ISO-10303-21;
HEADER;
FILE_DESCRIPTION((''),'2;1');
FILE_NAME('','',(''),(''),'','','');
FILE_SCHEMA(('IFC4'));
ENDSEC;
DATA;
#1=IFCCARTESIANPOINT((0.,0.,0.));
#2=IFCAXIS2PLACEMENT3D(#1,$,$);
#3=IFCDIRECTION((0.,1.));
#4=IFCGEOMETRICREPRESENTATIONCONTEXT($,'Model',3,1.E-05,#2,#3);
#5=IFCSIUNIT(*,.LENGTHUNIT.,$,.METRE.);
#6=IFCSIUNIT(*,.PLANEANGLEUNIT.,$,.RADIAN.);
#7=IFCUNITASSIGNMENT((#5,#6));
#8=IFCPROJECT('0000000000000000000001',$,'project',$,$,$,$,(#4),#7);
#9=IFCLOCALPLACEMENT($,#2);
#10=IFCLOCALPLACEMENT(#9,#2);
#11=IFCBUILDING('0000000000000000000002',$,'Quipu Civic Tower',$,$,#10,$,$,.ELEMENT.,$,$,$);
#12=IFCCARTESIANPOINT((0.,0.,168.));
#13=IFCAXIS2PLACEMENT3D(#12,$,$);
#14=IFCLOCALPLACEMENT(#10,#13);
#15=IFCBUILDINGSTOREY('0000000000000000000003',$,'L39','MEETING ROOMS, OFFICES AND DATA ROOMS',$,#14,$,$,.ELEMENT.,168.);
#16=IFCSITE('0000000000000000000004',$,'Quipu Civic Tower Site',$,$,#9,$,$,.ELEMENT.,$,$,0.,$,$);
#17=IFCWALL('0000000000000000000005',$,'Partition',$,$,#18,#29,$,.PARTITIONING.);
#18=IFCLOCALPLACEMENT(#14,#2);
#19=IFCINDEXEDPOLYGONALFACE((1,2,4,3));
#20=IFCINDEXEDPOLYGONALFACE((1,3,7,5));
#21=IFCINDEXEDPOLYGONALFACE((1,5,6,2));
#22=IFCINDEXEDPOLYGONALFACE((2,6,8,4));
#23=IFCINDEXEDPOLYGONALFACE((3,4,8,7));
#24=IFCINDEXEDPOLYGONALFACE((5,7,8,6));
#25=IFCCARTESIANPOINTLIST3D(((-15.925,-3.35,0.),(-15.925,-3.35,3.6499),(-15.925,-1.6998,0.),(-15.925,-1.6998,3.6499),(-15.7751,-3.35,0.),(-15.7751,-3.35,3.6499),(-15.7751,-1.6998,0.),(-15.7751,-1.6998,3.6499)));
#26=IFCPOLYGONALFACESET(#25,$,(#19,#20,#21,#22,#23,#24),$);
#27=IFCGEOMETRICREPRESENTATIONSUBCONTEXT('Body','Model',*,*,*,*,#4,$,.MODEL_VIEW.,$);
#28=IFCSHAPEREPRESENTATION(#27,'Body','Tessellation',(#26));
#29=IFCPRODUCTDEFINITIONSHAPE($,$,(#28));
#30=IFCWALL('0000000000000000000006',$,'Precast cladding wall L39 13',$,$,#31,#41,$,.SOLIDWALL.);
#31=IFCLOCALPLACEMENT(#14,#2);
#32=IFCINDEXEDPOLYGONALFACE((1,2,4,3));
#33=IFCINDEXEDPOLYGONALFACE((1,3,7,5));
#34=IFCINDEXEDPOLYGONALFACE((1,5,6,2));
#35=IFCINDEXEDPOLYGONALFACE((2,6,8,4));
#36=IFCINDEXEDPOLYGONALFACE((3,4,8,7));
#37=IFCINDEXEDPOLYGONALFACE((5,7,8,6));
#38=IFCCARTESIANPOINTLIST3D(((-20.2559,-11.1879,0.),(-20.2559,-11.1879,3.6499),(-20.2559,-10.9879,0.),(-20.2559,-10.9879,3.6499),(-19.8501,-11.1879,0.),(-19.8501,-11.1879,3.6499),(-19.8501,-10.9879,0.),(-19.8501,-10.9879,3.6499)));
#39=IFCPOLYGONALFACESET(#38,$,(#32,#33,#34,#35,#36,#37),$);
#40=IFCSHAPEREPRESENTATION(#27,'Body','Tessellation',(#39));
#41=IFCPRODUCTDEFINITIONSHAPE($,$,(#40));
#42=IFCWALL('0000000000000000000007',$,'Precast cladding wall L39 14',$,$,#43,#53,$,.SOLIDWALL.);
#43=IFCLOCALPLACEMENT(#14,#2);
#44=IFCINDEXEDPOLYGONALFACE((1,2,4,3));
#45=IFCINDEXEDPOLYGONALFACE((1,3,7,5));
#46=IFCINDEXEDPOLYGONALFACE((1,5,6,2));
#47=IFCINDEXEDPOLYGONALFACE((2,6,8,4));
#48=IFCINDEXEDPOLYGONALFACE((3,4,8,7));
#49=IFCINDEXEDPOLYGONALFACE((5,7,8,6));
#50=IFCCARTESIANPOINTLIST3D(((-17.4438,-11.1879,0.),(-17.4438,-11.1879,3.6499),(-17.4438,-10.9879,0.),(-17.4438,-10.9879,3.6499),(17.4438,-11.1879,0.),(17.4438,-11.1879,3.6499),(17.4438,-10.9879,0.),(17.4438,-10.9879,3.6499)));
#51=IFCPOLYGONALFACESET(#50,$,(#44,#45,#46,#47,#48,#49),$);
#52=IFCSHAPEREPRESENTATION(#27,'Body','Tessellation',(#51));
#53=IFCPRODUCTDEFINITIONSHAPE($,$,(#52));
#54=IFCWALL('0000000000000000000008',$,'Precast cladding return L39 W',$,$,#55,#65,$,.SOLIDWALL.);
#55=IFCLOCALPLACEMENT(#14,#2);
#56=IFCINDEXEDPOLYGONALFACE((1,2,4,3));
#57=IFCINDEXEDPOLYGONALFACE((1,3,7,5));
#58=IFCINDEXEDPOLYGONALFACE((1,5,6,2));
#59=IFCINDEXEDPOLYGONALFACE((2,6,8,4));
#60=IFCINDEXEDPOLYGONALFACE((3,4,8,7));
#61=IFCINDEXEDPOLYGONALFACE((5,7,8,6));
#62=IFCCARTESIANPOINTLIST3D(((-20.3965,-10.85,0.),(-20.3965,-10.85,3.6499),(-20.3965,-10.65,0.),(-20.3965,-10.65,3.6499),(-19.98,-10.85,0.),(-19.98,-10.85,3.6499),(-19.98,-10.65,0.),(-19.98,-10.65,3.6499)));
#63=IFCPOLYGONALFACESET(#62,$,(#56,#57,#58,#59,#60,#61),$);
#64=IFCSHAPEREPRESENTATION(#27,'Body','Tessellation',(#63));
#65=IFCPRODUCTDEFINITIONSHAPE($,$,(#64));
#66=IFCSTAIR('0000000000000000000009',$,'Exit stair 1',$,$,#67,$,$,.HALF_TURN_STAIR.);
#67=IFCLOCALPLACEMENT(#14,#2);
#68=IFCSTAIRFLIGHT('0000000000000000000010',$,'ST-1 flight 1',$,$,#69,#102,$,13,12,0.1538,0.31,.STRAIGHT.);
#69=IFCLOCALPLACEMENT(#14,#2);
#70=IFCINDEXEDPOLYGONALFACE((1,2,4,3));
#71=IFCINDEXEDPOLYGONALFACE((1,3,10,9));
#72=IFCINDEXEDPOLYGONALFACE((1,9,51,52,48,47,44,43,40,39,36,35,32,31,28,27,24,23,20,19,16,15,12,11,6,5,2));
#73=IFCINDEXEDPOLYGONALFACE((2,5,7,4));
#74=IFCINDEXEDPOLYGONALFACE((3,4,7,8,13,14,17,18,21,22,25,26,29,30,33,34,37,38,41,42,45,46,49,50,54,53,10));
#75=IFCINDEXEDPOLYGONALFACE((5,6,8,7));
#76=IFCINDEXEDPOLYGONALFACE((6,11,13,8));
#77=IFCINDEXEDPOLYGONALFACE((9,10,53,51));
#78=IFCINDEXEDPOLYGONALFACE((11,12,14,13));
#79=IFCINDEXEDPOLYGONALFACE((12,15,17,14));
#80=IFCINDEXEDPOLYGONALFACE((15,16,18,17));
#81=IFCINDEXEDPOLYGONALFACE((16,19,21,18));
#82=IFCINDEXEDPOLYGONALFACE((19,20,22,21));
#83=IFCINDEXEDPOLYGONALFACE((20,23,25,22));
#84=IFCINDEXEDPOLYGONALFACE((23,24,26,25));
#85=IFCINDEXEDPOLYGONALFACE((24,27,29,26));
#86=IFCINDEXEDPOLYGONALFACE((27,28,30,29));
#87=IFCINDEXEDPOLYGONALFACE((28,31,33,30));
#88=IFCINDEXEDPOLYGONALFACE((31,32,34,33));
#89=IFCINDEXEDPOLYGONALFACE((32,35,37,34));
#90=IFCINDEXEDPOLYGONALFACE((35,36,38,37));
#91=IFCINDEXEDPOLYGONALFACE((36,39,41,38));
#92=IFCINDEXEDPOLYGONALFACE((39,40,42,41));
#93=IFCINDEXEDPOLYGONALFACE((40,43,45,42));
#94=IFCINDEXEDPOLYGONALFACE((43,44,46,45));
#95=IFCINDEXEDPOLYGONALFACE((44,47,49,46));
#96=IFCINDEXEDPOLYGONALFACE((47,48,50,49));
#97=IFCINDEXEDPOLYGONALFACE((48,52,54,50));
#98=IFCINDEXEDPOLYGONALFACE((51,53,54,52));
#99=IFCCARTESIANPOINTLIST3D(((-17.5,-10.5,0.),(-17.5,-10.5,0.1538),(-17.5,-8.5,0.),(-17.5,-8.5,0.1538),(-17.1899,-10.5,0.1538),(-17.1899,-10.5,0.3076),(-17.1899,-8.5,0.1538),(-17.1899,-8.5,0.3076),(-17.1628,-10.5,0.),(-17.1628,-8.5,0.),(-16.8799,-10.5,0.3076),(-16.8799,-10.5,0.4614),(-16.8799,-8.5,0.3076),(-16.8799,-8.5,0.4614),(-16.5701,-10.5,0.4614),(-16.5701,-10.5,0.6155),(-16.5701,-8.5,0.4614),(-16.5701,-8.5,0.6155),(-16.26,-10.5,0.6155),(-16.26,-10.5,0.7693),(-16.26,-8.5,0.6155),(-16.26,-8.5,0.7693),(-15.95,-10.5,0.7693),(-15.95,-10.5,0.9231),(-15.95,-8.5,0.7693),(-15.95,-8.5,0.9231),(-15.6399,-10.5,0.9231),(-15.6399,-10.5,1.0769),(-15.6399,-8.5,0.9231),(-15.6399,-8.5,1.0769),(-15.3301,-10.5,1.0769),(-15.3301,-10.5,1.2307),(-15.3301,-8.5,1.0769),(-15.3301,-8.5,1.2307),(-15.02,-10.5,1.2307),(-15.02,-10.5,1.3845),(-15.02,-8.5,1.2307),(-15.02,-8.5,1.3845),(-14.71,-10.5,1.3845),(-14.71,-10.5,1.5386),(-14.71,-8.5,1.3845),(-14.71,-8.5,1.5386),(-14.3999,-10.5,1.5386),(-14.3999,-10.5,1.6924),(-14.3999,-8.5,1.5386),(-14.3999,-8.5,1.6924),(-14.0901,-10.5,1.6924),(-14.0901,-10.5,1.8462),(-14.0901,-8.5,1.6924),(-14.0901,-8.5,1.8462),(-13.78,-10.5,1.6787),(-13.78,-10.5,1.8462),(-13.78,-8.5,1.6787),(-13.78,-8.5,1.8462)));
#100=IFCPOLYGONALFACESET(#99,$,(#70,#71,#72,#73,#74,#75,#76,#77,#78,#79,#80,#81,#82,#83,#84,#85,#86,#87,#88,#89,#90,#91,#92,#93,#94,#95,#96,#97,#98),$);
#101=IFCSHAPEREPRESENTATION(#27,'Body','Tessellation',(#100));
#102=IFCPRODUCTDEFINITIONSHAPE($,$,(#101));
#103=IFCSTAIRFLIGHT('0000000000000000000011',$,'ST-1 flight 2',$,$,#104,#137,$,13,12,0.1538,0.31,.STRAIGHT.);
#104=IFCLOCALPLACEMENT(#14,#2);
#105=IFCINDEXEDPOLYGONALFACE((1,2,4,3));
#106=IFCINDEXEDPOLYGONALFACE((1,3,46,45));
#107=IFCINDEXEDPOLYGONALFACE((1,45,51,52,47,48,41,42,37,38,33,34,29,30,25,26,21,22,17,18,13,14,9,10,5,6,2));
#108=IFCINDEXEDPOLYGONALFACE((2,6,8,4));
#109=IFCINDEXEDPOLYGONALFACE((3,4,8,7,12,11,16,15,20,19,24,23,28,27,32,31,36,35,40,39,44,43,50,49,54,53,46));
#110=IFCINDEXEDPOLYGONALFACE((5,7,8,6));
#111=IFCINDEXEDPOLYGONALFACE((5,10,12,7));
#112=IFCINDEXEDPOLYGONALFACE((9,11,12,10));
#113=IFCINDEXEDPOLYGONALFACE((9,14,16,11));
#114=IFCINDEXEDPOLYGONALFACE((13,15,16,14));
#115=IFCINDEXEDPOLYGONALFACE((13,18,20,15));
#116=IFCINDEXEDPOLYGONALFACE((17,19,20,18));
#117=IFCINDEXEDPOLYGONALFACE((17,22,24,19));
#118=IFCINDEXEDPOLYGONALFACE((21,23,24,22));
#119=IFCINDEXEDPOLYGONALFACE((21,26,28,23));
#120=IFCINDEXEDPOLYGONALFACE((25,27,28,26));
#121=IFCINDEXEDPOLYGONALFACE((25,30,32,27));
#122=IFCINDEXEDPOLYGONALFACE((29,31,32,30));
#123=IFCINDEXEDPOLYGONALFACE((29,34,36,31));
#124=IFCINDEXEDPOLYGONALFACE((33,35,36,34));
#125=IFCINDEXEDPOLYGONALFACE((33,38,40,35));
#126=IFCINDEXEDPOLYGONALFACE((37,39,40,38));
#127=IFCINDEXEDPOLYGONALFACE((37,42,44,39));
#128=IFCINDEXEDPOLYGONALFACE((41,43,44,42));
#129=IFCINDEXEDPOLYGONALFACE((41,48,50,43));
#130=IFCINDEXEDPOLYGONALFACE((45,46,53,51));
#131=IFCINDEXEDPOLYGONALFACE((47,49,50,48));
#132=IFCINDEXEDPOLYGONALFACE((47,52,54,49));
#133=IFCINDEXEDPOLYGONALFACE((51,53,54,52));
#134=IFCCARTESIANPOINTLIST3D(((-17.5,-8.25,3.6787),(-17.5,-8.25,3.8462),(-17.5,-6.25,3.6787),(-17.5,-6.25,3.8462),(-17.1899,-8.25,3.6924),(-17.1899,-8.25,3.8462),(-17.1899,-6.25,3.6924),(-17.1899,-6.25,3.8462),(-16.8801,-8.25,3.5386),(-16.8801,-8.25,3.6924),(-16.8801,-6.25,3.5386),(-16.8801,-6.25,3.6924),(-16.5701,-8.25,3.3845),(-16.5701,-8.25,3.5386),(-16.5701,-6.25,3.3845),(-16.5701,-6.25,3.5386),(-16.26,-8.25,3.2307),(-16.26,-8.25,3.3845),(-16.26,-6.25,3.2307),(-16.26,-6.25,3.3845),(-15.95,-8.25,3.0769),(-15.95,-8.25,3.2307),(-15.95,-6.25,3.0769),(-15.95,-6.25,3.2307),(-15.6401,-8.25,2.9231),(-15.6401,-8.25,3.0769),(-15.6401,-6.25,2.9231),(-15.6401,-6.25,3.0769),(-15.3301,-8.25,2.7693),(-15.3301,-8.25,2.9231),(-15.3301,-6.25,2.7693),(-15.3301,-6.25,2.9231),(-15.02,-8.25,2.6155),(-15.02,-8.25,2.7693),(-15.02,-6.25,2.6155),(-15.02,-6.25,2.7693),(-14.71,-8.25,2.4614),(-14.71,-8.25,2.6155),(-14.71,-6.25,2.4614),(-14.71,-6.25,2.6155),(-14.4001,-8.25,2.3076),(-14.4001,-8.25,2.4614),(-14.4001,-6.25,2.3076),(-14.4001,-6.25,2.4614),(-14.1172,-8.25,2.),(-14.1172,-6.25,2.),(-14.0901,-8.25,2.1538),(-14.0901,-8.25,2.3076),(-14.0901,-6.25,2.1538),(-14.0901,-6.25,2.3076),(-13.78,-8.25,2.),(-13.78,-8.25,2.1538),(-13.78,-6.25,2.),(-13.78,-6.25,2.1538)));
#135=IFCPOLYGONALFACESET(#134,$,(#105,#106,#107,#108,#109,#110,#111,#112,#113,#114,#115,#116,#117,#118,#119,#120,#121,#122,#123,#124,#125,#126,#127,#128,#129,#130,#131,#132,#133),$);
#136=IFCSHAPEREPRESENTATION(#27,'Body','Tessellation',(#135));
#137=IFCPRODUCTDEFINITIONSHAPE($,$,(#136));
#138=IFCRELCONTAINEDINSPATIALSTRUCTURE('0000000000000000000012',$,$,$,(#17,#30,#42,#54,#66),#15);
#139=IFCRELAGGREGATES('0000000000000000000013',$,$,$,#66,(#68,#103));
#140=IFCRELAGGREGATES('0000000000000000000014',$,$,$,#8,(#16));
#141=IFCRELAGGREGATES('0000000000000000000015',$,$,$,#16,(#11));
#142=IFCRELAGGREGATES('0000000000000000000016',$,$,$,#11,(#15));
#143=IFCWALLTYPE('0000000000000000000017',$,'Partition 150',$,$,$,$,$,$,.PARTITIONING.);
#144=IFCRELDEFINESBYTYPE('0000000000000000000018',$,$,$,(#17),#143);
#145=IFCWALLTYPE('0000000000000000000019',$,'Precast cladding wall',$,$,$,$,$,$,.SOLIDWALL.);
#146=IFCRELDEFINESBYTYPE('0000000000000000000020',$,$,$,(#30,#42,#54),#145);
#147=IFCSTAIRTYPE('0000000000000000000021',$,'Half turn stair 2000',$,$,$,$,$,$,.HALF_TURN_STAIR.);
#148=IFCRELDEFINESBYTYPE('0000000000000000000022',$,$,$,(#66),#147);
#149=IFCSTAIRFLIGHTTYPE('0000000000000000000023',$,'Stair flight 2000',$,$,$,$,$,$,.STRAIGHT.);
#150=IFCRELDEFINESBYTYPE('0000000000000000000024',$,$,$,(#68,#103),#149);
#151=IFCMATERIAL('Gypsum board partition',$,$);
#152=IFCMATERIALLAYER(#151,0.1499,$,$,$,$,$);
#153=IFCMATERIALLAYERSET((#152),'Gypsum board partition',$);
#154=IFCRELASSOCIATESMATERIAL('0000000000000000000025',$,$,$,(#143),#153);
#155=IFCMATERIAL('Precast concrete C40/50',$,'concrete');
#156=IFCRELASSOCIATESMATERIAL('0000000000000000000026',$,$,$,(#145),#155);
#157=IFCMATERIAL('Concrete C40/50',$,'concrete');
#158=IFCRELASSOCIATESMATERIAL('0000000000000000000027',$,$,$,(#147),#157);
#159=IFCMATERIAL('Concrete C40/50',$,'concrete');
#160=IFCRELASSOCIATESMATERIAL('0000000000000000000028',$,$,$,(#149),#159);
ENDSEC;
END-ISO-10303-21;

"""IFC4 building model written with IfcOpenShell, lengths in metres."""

from ifc_helpers import new_model, si_unit, direction, frame, frame_2d, origin, place, context, subcontext, project, spatial, polyline, rectangle, outline, extrude, material, layer, layer_set, type_object, element, aggregate, save


model = new_model("IFC4")

# Units and contexts
model_context = context("Model", 3, precision=1e-05, world=origin(), true_north=direction((0.0, 1.0)))
body_context = subcontext(model_context, "Body", "Model", "MODEL_VIEW")
ifc_project = project(units=[si_unit("LENGTHUNIT", "METRE"), si_unit("PLANEANGLEUNIT", "RADIAN")], contexts=[model_context])

# Site, building, storey
site_placement = place(None, origin())
site = spatial("IfcSite", under=ifc_project, at=site_placement, Name="Quipu Civic Tower Site", CompositionType="ELEMENT", RefElevation=0.0)
building_placement = place(site_placement, origin())
building = spatial("IfcBuilding", under=site, at=building_placement, Name="Quipu Civic Tower", CompositionType="ELEMENT")
storey_placement = place(building_placement, frame((0.0, 0.0, 168.0)))
storey = spatial("IfcBuildingStorey", under=building, at=storey_placement, Name="L39", Description="MEETING ROOMS, OFFICES AND DATA ROOMS", CompositionType="ELEMENT", Elevation=168.0)

# Walls
ifc_material_1 = material(Name="Gypsum board partition")
ifc_layer_1 = layer(ifc_material_1, 0.1499)
ifc_layer_set_1 = layer_set([ifc_layer_1], Name="Gypsum board partition")
wall_type_1 = type_object("IfcWallType", Name="Partition 150", PredefinedType="PARTITIONING", material=ifc_layer_set_1)
wall_1_placement = place(storey_placement, frame((-15.8501, -3.3501, 0.0), z_axis=(0.0, 0.0, 1.0), x_axis=(0.0, 1.0, 0.0)))
element("IfcWall", 1, at=wall_1_placement, inside=storey, type_object=wall_type_1, Name="Partition", PredefinedType="PARTITIONING", context=body_context, shape_type="SweptSolid", body=[
    extrude(rectangle(XDim=1.6501, YDim=0.1499, at=frame_2d((0.8252, 0.0))), origin(), (0.0, 0.0, 1.0), 3.6499),
])
ifc_material_2 = material(Name="Precast concrete C40/50", Category="concrete")
wall_type_2 = type_object("IfcWallType", Name="Precast cladding wall", PredefinedType="SOLIDWALL", material=ifc_material_2)
wall_2_placement = place(storey_placement, frame((-20.2559, -11.0879, 0.0), z_axis=(0.0, 0.0, 1.0), x_axis=(1.0, 0.0, 0.0)))
element("IfcWall", 2, at=wall_2_placement, inside=storey, type_object=wall_type_2, Name="Precast cladding wall L39 13", PredefinedType="SOLIDWALL", context=body_context, shape_type="SweptSolid", body=[
    extrude(rectangle(XDim=0.4058, YDim=0.2, at=frame_2d((0.2029, 0.0))), origin(), (0.0, 0.0, 1.0), 3.6499),
])
wall_3_placement = place(storey_placement, frame((-17.4438, -11.0879, 0.0), z_axis=(0.0, 0.0, 1.0), x_axis=(1.0, 0.0, 0.0)))
element("IfcWall", 3, at=wall_3_placement, inside=storey, type_object=wall_type_2, Name="Precast cladding wall L39 14", PredefinedType="SOLIDWALL", context=body_context, shape_type="SweptSolid", body=[
    extrude(rectangle(XDim=34.8877, YDim=0.2, at=frame_2d((17.4438, 0.0))), origin(), (0.0, 0.0, 1.0), 3.6499),
])
wall_4_placement = place(storey_placement, frame((-19.98, -10.75, 0.0), z_axis=(0.0, 0.0, 1.0), x_axis=(-1.0, 0.0, 0.0)))
element("IfcWall", 4, at=wall_4_placement, inside=storey, type_object=wall_type_2, Name="Precast cladding return L39 W", PredefinedType="SOLIDWALL", context=body_context, shape_type="SweptSolid", body=[
    extrude(rectangle(XDim=0.4165, YDim=0.2, at=frame_2d((0.2083, 0.0))), origin(), (0.0, 0.0, 1.0), 3.6499),
])

# Stair, stair flights
ifc_material_3 = material(Name="Concrete C40/50", Category="concrete")
stair_type = type_object("IfcStairType", Name="Half turn stair 2000", PredefinedType="HALF_TURN_STAIR", material=ifc_material_3)
stair_placement = place(storey_placement, origin())
stair = element("IfcStair", 5, at=stair_placement, inside=storey, type_object=stair_type, Name="Exit stair 1", PredefinedType="HALF_TURN_STAIR")
ifc_material_4 = material(Name="Concrete C40/50", Category="concrete")
stair_flight_type = type_object("IfcStairFlightType", Name="Stair flight 2000", PredefinedType="STRAIGHT", material=ifc_material_4)
stair_flight_1_placement = place(storey_placement, frame((-17.5, -9.5, 0.0), z_axis=(0.0, 0.0, 1.0), x_axis=(1.0, 0.0, 0.0)))
stair_flight_1 = element("IfcStairFlight", 6, at=stair_flight_1_placement, type_object=stair_flight_type, Name="ST-1 flight 1", NumberOfRisers=13, NumberOfTreads=12, PredefinedType="STRAIGHT", RiserHeight=0.1538, TreadLength=0.31, context=body_context, shape_type="SweptSolid", body=[
    extrude(outline(polyline([(0.0, 0.0), (0.0, 0.1538), (0.3101, 0.1538), (0.3101, 0.3076), (0.6201, 0.3076), (0.6201, 0.4614), (0.9299, 0.4614), (0.9299, 0.6155), (1.24, 0.6155), (1.24, 0.7693), (1.55, 0.7693), (1.55, 0.9231), (1.8601, 0.9231), (1.8601, 1.0769), (2.1699, 1.0769), (2.1699, 1.2307), (2.48, 1.2307), (2.48, 1.3845), (2.79, 1.3845), (2.79, 1.5386), (3.1001, 1.5386), (3.1001, 1.6924), (3.4099, 1.6924), (3.4099, 1.8462), (3.72, 1.8462), (3.72, 2.0), (3.72, 1.6787), (0.3372, 0.0), (0.0, 0.0)])), frame((0.0, 1.0, 0.0), z_axis=(0.0, -1.0, 0.0), x_axis=(1.0, 0.0, 0.0)), (0.0, 0.0, 1.0), 2.0),
])
stair_flight_2_placement = place(storey_placement, frame((-13.78, -7.25, 2.0), z_axis=(0.0, 0.0, 1.0), x_axis=(-1.0, 0.0, 0.0)))
stair_flight_2 = element("IfcStairFlight", 7, at=stair_flight_2_placement, type_object=stair_flight_type, Name="ST-1 flight 2", NumberOfRisers=13, NumberOfTreads=12, PredefinedType="STRAIGHT", RiserHeight=0.1538, TreadLength=0.31, context=body_context, shape_type="SweptSolid", body=[
    extrude(outline(polyline([(0.0, 0.0), (0.0, 0.1538), (0.3101, 0.1538), (0.3101, 0.3076), (0.6201, 0.3076), (0.6201, 0.4614), (0.9299, 0.4614), (0.9299, 0.6155), (1.24, 0.6155), (1.24, 0.7693), (1.55, 0.7693), (1.55, 0.9231), (1.8601, 0.9231), (1.8601, 1.0769), (2.1699, 1.0769), (2.1699, 1.2307), (2.48, 1.2307), (2.48, 1.3845), (2.79, 1.3845), (2.79, 1.5386), (3.1001, 1.5386), (3.1001, 1.6924), (3.4099, 1.6924), (3.4099, 1.8462), (3.72, 1.8462), (3.72, 2.0), (3.72, 1.6787), (0.3372, 0.0), (0.0, 0.0)])), frame((0.0, 1.0, 0.0), z_axis=(0.0, -1.0, 0.0), x_axis=(1.0, 0.0, 0.0)), (0.0, 0.0, 1.0), 2.0),
])
aggregate(stair, [stair_flight_1, stair_flight_2])

save(model, "model.ifc")
